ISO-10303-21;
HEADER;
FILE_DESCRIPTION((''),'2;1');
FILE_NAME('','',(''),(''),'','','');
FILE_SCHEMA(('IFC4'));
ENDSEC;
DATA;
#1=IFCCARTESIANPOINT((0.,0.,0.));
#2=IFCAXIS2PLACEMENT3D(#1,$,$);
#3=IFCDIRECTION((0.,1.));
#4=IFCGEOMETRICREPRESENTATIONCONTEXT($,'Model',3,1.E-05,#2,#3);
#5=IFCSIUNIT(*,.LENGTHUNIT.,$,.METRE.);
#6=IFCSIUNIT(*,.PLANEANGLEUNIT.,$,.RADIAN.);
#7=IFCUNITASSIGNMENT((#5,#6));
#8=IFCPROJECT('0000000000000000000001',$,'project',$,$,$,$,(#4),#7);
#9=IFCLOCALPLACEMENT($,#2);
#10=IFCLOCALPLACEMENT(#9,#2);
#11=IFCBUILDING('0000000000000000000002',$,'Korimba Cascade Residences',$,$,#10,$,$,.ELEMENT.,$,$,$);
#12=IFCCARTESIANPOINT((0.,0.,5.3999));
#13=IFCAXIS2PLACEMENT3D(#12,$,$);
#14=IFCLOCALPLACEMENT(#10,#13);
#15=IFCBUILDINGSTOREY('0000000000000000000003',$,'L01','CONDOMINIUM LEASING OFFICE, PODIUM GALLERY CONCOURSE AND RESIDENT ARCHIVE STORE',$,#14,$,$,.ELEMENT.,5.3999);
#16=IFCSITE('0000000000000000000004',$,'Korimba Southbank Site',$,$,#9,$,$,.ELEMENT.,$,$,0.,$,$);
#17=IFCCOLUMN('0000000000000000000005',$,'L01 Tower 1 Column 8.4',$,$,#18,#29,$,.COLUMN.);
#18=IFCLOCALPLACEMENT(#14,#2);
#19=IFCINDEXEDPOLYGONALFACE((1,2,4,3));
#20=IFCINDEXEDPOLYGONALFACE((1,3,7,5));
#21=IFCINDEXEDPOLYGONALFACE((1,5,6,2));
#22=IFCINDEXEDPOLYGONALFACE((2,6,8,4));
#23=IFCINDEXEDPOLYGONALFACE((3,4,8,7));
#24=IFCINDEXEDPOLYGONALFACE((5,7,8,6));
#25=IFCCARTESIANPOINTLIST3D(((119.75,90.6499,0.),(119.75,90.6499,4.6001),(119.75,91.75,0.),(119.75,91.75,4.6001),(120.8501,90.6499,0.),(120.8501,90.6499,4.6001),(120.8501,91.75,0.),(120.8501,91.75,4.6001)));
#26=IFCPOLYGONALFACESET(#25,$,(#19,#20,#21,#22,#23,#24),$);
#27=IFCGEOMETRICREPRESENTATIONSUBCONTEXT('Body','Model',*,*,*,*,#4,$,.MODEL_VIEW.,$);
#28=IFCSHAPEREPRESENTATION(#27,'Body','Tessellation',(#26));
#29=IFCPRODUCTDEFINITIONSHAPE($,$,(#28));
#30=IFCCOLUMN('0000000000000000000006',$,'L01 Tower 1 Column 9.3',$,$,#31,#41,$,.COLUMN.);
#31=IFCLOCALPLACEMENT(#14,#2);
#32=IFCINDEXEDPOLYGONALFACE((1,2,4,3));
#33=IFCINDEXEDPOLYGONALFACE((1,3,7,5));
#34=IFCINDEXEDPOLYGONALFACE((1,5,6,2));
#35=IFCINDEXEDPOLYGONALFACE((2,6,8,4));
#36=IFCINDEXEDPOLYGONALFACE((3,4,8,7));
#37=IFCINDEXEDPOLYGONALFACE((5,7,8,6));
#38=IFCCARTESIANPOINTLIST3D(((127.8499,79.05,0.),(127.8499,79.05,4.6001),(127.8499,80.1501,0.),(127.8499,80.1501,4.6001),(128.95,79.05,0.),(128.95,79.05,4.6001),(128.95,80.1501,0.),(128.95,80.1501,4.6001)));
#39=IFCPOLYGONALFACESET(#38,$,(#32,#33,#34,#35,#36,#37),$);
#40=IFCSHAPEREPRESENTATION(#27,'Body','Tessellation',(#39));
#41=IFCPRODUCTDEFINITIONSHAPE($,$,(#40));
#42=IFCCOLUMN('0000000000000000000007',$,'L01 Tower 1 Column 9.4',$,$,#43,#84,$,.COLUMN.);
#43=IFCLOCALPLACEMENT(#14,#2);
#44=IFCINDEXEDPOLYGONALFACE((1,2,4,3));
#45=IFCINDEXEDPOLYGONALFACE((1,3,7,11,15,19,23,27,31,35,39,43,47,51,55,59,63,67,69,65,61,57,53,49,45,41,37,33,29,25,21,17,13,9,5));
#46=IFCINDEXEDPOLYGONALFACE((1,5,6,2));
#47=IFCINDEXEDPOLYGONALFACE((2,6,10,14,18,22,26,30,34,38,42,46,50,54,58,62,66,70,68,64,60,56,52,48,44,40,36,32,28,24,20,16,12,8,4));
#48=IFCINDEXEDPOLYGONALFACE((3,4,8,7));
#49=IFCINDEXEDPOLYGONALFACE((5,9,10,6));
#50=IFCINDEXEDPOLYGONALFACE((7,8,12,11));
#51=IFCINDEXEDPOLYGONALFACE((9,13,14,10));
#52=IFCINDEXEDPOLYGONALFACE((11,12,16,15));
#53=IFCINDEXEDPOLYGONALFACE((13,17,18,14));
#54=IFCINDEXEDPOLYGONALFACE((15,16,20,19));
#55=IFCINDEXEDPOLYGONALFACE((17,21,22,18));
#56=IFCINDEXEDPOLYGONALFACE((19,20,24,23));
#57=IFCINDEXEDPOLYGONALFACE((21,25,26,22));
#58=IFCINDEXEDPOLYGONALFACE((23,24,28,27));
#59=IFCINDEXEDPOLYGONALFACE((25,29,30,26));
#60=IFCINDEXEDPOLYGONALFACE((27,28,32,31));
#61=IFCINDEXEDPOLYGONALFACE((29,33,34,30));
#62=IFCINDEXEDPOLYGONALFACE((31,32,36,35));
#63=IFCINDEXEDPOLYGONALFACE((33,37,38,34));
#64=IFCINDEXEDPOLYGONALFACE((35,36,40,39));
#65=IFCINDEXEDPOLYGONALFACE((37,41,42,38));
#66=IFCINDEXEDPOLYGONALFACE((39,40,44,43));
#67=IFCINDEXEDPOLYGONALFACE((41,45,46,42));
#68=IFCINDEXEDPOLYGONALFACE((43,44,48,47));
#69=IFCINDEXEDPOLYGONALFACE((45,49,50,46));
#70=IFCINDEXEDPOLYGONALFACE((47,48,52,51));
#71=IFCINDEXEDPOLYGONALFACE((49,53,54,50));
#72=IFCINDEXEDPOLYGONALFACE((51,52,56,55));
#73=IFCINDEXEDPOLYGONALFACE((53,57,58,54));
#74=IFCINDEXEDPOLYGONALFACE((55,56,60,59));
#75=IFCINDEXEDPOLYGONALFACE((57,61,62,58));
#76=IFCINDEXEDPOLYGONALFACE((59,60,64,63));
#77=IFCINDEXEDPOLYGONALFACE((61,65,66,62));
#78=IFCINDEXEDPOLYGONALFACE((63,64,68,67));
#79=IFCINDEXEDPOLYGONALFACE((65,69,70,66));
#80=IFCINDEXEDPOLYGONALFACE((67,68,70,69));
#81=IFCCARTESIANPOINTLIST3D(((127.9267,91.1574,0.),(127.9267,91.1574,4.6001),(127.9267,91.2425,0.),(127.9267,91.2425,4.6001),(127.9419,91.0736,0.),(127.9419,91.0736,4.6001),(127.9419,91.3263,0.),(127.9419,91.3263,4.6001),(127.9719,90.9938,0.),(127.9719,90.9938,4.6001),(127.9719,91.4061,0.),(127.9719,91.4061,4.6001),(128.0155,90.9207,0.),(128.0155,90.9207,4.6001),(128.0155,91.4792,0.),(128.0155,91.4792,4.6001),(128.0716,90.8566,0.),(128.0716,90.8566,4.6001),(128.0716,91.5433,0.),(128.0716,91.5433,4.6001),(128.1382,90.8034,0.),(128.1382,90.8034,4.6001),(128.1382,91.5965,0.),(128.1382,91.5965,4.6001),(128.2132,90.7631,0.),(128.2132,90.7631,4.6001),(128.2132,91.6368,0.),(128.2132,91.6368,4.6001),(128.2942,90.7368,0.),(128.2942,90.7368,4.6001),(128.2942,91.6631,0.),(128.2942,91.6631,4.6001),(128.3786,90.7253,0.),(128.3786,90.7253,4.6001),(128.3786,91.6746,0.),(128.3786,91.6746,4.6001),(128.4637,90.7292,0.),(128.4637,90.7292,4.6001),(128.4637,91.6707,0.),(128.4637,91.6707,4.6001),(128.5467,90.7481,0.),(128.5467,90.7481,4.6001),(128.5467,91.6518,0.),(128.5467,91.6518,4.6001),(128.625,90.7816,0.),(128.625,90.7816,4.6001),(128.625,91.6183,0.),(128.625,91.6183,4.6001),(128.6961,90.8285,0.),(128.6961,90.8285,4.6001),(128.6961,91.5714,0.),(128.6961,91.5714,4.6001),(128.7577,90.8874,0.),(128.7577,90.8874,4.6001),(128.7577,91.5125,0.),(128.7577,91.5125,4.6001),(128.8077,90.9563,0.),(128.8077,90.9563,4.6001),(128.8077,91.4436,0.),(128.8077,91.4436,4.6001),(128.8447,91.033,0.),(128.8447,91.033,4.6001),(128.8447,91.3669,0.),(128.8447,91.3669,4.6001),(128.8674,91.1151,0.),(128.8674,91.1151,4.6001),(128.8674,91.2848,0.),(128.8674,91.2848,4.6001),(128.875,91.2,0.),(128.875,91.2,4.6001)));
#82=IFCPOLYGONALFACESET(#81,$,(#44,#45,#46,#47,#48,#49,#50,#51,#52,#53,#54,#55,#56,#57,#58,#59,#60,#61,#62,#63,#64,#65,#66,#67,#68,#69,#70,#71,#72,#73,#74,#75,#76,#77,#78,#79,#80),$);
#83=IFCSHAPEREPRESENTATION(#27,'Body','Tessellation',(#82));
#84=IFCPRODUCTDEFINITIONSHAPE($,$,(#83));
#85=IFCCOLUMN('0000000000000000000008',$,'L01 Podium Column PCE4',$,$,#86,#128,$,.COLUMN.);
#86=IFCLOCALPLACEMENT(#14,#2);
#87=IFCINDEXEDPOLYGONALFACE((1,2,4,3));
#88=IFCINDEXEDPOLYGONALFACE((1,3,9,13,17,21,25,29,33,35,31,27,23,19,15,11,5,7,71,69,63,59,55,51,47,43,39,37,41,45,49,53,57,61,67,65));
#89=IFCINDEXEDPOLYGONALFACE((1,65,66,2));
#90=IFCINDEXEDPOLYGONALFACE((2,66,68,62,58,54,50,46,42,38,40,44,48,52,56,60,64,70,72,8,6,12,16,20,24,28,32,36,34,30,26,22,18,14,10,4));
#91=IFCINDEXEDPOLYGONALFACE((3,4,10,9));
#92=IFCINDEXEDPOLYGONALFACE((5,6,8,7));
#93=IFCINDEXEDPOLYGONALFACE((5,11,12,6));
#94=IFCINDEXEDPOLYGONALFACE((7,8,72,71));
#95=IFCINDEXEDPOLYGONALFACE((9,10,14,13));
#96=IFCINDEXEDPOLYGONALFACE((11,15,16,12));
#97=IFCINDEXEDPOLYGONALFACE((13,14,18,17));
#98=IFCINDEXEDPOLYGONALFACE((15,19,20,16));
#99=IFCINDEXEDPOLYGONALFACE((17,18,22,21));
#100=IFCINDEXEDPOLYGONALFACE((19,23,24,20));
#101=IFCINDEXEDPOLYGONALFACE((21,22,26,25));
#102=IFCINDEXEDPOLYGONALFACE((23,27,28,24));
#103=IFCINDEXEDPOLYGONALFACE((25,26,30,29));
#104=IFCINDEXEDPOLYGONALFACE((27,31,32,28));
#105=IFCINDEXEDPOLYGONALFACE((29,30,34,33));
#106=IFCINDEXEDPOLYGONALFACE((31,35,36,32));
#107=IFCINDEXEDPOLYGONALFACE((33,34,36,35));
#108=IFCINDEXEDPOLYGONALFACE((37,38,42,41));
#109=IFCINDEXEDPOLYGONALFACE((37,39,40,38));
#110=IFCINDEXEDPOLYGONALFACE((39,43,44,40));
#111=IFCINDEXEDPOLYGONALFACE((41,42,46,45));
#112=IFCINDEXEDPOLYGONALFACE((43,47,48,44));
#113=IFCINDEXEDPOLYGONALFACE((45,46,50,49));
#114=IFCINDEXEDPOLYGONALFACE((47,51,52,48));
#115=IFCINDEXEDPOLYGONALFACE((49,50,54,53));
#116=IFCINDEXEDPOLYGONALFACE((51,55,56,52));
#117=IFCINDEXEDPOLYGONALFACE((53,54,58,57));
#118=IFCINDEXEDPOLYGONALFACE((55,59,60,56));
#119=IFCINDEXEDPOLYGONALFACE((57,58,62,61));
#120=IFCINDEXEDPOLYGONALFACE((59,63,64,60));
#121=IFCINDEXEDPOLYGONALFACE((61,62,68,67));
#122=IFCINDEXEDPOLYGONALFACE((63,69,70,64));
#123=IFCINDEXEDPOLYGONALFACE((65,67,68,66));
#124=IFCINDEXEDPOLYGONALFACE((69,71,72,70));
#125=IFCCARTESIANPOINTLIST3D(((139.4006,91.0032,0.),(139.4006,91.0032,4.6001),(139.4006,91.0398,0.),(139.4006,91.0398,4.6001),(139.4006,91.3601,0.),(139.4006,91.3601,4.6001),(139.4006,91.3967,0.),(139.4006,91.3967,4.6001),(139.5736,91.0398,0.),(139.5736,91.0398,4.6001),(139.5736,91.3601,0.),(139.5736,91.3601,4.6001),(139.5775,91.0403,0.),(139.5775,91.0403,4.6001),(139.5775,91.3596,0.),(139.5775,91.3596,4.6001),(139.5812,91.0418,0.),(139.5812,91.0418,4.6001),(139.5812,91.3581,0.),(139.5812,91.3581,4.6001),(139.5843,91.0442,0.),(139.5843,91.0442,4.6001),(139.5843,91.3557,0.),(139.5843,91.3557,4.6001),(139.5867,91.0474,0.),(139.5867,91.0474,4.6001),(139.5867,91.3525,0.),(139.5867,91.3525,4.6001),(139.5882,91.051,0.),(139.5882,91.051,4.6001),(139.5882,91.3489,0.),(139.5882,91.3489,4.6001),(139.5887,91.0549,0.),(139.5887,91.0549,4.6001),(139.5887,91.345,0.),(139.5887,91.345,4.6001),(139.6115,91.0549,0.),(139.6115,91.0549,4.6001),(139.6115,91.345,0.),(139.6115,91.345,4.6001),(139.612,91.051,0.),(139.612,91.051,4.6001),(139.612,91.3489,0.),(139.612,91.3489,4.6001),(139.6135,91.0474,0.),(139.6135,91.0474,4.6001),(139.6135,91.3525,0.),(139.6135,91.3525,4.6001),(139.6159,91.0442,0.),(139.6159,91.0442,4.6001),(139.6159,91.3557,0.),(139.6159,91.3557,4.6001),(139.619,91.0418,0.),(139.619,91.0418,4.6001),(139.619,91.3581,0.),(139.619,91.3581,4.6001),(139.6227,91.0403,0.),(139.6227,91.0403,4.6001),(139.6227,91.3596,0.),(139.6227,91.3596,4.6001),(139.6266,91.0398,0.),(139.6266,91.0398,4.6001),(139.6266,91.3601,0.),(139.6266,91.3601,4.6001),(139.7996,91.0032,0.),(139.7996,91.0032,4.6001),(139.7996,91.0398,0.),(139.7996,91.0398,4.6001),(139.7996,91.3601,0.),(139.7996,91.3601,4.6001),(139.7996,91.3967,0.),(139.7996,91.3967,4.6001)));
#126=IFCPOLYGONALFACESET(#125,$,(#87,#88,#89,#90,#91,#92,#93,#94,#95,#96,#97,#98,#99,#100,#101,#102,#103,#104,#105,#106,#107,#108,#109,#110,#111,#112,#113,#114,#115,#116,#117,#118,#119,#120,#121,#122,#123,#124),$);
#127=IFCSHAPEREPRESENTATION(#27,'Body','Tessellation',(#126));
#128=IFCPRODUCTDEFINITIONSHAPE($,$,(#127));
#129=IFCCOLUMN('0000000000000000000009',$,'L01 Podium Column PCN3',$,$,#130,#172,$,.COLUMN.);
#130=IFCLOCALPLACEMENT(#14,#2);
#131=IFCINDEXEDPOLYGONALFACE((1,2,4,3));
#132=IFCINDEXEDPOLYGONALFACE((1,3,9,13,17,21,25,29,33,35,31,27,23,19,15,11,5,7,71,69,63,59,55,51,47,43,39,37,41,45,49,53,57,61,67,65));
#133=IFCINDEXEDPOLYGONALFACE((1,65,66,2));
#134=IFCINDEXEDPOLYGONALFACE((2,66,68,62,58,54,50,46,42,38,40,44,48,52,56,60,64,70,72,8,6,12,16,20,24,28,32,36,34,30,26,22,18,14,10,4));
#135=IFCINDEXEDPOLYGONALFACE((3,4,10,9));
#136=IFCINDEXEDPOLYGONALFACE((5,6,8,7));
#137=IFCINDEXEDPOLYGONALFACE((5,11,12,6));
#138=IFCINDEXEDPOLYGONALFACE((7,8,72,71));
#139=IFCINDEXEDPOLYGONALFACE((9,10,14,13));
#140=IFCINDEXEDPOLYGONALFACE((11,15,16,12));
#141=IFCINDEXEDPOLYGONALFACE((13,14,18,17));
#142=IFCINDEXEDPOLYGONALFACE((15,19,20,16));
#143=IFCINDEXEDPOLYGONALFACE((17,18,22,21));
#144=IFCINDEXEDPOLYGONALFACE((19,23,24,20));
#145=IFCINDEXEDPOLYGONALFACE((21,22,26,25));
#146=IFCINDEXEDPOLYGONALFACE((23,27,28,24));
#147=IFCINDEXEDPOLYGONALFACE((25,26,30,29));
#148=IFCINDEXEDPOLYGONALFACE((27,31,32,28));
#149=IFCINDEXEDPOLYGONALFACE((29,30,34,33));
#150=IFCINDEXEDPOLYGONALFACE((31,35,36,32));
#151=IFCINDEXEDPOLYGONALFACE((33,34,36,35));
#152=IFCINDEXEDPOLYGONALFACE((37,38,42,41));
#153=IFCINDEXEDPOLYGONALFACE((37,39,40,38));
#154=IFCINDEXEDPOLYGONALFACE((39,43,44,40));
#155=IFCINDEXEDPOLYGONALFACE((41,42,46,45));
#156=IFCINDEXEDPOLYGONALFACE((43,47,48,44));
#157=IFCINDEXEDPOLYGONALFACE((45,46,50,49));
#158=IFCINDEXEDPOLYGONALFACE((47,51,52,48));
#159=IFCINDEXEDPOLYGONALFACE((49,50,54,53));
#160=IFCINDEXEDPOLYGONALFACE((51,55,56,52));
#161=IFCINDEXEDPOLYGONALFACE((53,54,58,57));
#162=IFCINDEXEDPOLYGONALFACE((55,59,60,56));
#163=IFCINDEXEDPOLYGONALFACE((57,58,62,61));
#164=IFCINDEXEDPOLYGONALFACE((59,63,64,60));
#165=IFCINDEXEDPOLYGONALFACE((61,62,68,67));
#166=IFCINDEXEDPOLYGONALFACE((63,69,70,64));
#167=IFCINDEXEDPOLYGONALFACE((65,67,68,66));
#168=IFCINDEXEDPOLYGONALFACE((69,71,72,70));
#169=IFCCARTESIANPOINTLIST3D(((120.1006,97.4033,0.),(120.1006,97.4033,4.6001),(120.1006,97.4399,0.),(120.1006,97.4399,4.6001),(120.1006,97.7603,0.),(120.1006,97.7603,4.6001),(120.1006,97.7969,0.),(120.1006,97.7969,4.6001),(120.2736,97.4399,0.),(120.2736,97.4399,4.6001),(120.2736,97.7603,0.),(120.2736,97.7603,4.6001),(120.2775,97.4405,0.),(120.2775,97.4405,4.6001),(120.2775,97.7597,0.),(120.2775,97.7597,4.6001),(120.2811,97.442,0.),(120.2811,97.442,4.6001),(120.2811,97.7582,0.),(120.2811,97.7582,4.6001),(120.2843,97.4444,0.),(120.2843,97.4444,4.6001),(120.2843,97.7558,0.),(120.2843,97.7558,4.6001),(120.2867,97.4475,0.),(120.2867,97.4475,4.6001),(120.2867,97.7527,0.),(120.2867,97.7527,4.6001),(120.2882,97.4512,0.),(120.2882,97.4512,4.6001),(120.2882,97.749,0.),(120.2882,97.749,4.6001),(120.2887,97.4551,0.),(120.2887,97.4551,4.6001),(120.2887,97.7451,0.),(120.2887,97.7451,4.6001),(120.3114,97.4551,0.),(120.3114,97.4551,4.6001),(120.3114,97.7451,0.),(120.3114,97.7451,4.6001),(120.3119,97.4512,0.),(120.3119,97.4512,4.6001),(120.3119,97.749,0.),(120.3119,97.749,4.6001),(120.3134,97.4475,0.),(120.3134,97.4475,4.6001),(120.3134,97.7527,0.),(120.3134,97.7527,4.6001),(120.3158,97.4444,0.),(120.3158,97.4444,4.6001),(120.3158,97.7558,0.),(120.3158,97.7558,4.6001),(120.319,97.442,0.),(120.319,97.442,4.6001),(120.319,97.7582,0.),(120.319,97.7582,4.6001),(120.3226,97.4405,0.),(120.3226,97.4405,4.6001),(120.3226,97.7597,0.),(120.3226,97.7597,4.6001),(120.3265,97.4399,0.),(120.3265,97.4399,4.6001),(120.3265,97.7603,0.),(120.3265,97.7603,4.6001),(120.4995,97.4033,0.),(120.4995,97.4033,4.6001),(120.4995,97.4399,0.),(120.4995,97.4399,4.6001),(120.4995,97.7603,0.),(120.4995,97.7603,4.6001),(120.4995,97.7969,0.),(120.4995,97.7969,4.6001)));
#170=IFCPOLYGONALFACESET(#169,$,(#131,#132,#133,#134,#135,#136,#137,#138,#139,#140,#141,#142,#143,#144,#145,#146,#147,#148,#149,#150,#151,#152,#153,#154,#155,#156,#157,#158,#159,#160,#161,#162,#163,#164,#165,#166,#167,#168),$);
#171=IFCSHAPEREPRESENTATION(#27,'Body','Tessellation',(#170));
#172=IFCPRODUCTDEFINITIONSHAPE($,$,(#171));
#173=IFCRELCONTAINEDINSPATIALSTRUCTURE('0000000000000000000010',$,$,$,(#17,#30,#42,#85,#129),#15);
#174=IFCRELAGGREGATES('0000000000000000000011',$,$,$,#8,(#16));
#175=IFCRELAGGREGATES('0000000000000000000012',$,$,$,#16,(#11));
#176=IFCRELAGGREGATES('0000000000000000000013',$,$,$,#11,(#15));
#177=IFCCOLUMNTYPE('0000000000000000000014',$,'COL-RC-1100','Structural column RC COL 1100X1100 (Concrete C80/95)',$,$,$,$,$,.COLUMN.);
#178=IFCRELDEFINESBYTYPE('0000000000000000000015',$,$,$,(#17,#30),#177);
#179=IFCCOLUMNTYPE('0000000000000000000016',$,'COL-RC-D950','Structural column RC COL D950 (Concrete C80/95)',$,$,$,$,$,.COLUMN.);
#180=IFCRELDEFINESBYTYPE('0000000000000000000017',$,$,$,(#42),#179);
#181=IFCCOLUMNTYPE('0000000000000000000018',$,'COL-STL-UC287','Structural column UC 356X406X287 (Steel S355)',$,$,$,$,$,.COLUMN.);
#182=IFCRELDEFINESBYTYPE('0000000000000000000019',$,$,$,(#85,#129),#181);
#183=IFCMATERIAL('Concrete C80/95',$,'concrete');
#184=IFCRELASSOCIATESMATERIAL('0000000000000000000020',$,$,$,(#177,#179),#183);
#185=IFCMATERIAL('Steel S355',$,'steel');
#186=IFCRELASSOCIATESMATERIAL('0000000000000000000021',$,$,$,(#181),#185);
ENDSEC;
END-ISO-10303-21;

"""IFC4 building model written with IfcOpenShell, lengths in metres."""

from ifc_helpers import new_model, si_unit, direction, frame, origin, origin_2d, place, context, subcontext, project, spatial, rectangle, circle, i_section, extrude, material, material_profile, profile_set, type_object, element, save


model = new_model("IFC4")

# Units and contexts
model_context = context("Model", 3, precision=1e-05, world=origin(), true_north=direction((0.0, 1.0)))
body_context = subcontext(model_context, "Body", "Model", "MODEL_VIEW")
ifc_project = project(units=[si_unit("LENGTHUNIT", "METRE"), si_unit("PLANEANGLEUNIT", "RADIAN")], contexts=[model_context])

# Site, building, storey
site_placement = place(None, origin())
site = spatial("IfcSite", under=ifc_project, at=site_placement, Name="Korimba Southbank Site", CompositionType="ELEMENT", RefElevation=0.0)
building_placement = place(site_placement, origin())
building = spatial("IfcBuilding", under=site, at=building_placement, Name="Korimba Cascade Residences", CompositionType="ELEMENT")
storey_placement = place(building_placement, frame((0.0, 0.0, 5.3999)))
storey = spatial("IfcBuildingStorey", under=building, at=storey_placement, Name="L01", Description="CONDOMINIUM LEASING OFFICE, PODIUM GALLERY CONCOURSE AND RESIDENT ARCHIVE STORE", CompositionType="ELEMENT", Elevation=5.3999)

# Columns
ifc_material_1 = material(Name="Concrete C80/95", Category="concrete")
ifc_material_profile_1 = material_profile(ifc_material_1, rectangle(XDim=1.1001, YDim=1.1001, at=origin_2d()), Name="Concrete C80/95")
ifc_profile_set_1 = profile_set([ifc_material_profile_1], Name="Concrete C80/95")
column_type_1 = type_object("IfcColumnType", Name="COL-RC-1100", Description="Structural column RC COL 1100X1100 (Concrete C80/95)", PredefinedType="COLUMN", material=ifc_profile_set_1)
for number, where, z_axis, x_axis, name in (
    (1, (120.3, 91.2, 0.0), (0.0, 0.0, 1.0), (1.0, 0.0, 0.0), "L01 Tower 1 Column 8.4"),
    (2, (128.3999, 79.6001, 0.0), (0.0, 0.0, 1.0), (1.0, 0.0, 0.0), "L01 Tower 1 Column 9.3"),
):
    element("IfcColumn", number, at=place(storey_placement, frame(where, z_axis=z_axis, x_axis=x_axis)), inside=storey, type_object=column_type_1, Name=name, PredefinedType="COLUMN", context=body_context, shape_type="SweptSolid", body=[
        extrude(rectangle(XDim=1.1001, YDim=1.1001, at=origin_2d()), origin(), (0.0, 0.0, 1.0), 4.6001),
    ])
ifc_material_profile_2 = material_profile(ifc_material_1, circle(Radius=0.4751, at=origin_2d()), Name="Concrete C80/95")
ifc_profile_set_2 = profile_set([ifc_material_profile_2], Name="Concrete C80/95")
column_type_2 = type_object("IfcColumnType", Name="COL-RC-D950", Description="Structural column RC COL D950 (Concrete C80/95)", PredefinedType="COLUMN", material=ifc_profile_set_2)
column_placement = place(storey_placement, frame((128.3999, 91.2, 0.0), z_axis=(0.0, 0.0, 1.0), x_axis=(1.0, 0.0, 0.0)))
element("IfcColumn", 3, at=column_placement, inside=storey, type_object=column_type_2, Name="L01 Tower 1 Column 9.4", PredefinedType="COLUMN", context=body_context, shape_type="SweptSolid", body=[
    extrude(circle(Radius=0.4751, at=origin_2d()), origin(), (0.0, 0.0, 1.0), 4.6001),
])
ifc_material_2 = material(Name="Steel S355", Category="steel")
ifc_material_profile_3 = material_profile(ifc_material_2, i_section(OverallWidth=0.3989, OverallDepth=0.3936, WebThickness=0.0227, FlangeThickness=0.0366, FilletRadius=0.0151, at=origin_2d()), Name="Steel S355")
ifc_profile_set_3 = profile_set([ifc_material_profile_3], Name="Steel S355")
column_type_3 = type_object("IfcColumnType", Name="COL-STL-UC287", Description="Structural column UC 356X406X287 (Steel S355)", PredefinedType="COLUMN", material=ifc_profile_set_3)
for number, where, z_axis, x_axis, name in (
    (4, (139.6001, 91.2, 0.0), (0.0, 0.0, 1.0), (1.0, 0.0, 0.0), "L01 Podium Column PCE4"),
    (5, (120.3, 97.6001, 0.0), (0.0, 0.0, 1.0), (1.0, 0.0, 0.0), "L01 Podium Column PCN3"),
):
    element("IfcColumn", number, at=place(storey_placement, frame(where, z_axis=z_axis, x_axis=x_axis)), inside=storey, type_object=column_type_3, Name=name, PredefinedType="COLUMN", context=body_context, shape_type="SweptSolid", body=[
        extrude(i_section(OverallWidth=0.3989, OverallDepth=0.3936, WebThickness=0.0227, FlangeThickness=0.0366, FilletRadius=0.0151, at=origin_2d()), origin(), (0.0, 0.0, 1.0), 4.6001),
    ])

save(model, "model.ifc")
